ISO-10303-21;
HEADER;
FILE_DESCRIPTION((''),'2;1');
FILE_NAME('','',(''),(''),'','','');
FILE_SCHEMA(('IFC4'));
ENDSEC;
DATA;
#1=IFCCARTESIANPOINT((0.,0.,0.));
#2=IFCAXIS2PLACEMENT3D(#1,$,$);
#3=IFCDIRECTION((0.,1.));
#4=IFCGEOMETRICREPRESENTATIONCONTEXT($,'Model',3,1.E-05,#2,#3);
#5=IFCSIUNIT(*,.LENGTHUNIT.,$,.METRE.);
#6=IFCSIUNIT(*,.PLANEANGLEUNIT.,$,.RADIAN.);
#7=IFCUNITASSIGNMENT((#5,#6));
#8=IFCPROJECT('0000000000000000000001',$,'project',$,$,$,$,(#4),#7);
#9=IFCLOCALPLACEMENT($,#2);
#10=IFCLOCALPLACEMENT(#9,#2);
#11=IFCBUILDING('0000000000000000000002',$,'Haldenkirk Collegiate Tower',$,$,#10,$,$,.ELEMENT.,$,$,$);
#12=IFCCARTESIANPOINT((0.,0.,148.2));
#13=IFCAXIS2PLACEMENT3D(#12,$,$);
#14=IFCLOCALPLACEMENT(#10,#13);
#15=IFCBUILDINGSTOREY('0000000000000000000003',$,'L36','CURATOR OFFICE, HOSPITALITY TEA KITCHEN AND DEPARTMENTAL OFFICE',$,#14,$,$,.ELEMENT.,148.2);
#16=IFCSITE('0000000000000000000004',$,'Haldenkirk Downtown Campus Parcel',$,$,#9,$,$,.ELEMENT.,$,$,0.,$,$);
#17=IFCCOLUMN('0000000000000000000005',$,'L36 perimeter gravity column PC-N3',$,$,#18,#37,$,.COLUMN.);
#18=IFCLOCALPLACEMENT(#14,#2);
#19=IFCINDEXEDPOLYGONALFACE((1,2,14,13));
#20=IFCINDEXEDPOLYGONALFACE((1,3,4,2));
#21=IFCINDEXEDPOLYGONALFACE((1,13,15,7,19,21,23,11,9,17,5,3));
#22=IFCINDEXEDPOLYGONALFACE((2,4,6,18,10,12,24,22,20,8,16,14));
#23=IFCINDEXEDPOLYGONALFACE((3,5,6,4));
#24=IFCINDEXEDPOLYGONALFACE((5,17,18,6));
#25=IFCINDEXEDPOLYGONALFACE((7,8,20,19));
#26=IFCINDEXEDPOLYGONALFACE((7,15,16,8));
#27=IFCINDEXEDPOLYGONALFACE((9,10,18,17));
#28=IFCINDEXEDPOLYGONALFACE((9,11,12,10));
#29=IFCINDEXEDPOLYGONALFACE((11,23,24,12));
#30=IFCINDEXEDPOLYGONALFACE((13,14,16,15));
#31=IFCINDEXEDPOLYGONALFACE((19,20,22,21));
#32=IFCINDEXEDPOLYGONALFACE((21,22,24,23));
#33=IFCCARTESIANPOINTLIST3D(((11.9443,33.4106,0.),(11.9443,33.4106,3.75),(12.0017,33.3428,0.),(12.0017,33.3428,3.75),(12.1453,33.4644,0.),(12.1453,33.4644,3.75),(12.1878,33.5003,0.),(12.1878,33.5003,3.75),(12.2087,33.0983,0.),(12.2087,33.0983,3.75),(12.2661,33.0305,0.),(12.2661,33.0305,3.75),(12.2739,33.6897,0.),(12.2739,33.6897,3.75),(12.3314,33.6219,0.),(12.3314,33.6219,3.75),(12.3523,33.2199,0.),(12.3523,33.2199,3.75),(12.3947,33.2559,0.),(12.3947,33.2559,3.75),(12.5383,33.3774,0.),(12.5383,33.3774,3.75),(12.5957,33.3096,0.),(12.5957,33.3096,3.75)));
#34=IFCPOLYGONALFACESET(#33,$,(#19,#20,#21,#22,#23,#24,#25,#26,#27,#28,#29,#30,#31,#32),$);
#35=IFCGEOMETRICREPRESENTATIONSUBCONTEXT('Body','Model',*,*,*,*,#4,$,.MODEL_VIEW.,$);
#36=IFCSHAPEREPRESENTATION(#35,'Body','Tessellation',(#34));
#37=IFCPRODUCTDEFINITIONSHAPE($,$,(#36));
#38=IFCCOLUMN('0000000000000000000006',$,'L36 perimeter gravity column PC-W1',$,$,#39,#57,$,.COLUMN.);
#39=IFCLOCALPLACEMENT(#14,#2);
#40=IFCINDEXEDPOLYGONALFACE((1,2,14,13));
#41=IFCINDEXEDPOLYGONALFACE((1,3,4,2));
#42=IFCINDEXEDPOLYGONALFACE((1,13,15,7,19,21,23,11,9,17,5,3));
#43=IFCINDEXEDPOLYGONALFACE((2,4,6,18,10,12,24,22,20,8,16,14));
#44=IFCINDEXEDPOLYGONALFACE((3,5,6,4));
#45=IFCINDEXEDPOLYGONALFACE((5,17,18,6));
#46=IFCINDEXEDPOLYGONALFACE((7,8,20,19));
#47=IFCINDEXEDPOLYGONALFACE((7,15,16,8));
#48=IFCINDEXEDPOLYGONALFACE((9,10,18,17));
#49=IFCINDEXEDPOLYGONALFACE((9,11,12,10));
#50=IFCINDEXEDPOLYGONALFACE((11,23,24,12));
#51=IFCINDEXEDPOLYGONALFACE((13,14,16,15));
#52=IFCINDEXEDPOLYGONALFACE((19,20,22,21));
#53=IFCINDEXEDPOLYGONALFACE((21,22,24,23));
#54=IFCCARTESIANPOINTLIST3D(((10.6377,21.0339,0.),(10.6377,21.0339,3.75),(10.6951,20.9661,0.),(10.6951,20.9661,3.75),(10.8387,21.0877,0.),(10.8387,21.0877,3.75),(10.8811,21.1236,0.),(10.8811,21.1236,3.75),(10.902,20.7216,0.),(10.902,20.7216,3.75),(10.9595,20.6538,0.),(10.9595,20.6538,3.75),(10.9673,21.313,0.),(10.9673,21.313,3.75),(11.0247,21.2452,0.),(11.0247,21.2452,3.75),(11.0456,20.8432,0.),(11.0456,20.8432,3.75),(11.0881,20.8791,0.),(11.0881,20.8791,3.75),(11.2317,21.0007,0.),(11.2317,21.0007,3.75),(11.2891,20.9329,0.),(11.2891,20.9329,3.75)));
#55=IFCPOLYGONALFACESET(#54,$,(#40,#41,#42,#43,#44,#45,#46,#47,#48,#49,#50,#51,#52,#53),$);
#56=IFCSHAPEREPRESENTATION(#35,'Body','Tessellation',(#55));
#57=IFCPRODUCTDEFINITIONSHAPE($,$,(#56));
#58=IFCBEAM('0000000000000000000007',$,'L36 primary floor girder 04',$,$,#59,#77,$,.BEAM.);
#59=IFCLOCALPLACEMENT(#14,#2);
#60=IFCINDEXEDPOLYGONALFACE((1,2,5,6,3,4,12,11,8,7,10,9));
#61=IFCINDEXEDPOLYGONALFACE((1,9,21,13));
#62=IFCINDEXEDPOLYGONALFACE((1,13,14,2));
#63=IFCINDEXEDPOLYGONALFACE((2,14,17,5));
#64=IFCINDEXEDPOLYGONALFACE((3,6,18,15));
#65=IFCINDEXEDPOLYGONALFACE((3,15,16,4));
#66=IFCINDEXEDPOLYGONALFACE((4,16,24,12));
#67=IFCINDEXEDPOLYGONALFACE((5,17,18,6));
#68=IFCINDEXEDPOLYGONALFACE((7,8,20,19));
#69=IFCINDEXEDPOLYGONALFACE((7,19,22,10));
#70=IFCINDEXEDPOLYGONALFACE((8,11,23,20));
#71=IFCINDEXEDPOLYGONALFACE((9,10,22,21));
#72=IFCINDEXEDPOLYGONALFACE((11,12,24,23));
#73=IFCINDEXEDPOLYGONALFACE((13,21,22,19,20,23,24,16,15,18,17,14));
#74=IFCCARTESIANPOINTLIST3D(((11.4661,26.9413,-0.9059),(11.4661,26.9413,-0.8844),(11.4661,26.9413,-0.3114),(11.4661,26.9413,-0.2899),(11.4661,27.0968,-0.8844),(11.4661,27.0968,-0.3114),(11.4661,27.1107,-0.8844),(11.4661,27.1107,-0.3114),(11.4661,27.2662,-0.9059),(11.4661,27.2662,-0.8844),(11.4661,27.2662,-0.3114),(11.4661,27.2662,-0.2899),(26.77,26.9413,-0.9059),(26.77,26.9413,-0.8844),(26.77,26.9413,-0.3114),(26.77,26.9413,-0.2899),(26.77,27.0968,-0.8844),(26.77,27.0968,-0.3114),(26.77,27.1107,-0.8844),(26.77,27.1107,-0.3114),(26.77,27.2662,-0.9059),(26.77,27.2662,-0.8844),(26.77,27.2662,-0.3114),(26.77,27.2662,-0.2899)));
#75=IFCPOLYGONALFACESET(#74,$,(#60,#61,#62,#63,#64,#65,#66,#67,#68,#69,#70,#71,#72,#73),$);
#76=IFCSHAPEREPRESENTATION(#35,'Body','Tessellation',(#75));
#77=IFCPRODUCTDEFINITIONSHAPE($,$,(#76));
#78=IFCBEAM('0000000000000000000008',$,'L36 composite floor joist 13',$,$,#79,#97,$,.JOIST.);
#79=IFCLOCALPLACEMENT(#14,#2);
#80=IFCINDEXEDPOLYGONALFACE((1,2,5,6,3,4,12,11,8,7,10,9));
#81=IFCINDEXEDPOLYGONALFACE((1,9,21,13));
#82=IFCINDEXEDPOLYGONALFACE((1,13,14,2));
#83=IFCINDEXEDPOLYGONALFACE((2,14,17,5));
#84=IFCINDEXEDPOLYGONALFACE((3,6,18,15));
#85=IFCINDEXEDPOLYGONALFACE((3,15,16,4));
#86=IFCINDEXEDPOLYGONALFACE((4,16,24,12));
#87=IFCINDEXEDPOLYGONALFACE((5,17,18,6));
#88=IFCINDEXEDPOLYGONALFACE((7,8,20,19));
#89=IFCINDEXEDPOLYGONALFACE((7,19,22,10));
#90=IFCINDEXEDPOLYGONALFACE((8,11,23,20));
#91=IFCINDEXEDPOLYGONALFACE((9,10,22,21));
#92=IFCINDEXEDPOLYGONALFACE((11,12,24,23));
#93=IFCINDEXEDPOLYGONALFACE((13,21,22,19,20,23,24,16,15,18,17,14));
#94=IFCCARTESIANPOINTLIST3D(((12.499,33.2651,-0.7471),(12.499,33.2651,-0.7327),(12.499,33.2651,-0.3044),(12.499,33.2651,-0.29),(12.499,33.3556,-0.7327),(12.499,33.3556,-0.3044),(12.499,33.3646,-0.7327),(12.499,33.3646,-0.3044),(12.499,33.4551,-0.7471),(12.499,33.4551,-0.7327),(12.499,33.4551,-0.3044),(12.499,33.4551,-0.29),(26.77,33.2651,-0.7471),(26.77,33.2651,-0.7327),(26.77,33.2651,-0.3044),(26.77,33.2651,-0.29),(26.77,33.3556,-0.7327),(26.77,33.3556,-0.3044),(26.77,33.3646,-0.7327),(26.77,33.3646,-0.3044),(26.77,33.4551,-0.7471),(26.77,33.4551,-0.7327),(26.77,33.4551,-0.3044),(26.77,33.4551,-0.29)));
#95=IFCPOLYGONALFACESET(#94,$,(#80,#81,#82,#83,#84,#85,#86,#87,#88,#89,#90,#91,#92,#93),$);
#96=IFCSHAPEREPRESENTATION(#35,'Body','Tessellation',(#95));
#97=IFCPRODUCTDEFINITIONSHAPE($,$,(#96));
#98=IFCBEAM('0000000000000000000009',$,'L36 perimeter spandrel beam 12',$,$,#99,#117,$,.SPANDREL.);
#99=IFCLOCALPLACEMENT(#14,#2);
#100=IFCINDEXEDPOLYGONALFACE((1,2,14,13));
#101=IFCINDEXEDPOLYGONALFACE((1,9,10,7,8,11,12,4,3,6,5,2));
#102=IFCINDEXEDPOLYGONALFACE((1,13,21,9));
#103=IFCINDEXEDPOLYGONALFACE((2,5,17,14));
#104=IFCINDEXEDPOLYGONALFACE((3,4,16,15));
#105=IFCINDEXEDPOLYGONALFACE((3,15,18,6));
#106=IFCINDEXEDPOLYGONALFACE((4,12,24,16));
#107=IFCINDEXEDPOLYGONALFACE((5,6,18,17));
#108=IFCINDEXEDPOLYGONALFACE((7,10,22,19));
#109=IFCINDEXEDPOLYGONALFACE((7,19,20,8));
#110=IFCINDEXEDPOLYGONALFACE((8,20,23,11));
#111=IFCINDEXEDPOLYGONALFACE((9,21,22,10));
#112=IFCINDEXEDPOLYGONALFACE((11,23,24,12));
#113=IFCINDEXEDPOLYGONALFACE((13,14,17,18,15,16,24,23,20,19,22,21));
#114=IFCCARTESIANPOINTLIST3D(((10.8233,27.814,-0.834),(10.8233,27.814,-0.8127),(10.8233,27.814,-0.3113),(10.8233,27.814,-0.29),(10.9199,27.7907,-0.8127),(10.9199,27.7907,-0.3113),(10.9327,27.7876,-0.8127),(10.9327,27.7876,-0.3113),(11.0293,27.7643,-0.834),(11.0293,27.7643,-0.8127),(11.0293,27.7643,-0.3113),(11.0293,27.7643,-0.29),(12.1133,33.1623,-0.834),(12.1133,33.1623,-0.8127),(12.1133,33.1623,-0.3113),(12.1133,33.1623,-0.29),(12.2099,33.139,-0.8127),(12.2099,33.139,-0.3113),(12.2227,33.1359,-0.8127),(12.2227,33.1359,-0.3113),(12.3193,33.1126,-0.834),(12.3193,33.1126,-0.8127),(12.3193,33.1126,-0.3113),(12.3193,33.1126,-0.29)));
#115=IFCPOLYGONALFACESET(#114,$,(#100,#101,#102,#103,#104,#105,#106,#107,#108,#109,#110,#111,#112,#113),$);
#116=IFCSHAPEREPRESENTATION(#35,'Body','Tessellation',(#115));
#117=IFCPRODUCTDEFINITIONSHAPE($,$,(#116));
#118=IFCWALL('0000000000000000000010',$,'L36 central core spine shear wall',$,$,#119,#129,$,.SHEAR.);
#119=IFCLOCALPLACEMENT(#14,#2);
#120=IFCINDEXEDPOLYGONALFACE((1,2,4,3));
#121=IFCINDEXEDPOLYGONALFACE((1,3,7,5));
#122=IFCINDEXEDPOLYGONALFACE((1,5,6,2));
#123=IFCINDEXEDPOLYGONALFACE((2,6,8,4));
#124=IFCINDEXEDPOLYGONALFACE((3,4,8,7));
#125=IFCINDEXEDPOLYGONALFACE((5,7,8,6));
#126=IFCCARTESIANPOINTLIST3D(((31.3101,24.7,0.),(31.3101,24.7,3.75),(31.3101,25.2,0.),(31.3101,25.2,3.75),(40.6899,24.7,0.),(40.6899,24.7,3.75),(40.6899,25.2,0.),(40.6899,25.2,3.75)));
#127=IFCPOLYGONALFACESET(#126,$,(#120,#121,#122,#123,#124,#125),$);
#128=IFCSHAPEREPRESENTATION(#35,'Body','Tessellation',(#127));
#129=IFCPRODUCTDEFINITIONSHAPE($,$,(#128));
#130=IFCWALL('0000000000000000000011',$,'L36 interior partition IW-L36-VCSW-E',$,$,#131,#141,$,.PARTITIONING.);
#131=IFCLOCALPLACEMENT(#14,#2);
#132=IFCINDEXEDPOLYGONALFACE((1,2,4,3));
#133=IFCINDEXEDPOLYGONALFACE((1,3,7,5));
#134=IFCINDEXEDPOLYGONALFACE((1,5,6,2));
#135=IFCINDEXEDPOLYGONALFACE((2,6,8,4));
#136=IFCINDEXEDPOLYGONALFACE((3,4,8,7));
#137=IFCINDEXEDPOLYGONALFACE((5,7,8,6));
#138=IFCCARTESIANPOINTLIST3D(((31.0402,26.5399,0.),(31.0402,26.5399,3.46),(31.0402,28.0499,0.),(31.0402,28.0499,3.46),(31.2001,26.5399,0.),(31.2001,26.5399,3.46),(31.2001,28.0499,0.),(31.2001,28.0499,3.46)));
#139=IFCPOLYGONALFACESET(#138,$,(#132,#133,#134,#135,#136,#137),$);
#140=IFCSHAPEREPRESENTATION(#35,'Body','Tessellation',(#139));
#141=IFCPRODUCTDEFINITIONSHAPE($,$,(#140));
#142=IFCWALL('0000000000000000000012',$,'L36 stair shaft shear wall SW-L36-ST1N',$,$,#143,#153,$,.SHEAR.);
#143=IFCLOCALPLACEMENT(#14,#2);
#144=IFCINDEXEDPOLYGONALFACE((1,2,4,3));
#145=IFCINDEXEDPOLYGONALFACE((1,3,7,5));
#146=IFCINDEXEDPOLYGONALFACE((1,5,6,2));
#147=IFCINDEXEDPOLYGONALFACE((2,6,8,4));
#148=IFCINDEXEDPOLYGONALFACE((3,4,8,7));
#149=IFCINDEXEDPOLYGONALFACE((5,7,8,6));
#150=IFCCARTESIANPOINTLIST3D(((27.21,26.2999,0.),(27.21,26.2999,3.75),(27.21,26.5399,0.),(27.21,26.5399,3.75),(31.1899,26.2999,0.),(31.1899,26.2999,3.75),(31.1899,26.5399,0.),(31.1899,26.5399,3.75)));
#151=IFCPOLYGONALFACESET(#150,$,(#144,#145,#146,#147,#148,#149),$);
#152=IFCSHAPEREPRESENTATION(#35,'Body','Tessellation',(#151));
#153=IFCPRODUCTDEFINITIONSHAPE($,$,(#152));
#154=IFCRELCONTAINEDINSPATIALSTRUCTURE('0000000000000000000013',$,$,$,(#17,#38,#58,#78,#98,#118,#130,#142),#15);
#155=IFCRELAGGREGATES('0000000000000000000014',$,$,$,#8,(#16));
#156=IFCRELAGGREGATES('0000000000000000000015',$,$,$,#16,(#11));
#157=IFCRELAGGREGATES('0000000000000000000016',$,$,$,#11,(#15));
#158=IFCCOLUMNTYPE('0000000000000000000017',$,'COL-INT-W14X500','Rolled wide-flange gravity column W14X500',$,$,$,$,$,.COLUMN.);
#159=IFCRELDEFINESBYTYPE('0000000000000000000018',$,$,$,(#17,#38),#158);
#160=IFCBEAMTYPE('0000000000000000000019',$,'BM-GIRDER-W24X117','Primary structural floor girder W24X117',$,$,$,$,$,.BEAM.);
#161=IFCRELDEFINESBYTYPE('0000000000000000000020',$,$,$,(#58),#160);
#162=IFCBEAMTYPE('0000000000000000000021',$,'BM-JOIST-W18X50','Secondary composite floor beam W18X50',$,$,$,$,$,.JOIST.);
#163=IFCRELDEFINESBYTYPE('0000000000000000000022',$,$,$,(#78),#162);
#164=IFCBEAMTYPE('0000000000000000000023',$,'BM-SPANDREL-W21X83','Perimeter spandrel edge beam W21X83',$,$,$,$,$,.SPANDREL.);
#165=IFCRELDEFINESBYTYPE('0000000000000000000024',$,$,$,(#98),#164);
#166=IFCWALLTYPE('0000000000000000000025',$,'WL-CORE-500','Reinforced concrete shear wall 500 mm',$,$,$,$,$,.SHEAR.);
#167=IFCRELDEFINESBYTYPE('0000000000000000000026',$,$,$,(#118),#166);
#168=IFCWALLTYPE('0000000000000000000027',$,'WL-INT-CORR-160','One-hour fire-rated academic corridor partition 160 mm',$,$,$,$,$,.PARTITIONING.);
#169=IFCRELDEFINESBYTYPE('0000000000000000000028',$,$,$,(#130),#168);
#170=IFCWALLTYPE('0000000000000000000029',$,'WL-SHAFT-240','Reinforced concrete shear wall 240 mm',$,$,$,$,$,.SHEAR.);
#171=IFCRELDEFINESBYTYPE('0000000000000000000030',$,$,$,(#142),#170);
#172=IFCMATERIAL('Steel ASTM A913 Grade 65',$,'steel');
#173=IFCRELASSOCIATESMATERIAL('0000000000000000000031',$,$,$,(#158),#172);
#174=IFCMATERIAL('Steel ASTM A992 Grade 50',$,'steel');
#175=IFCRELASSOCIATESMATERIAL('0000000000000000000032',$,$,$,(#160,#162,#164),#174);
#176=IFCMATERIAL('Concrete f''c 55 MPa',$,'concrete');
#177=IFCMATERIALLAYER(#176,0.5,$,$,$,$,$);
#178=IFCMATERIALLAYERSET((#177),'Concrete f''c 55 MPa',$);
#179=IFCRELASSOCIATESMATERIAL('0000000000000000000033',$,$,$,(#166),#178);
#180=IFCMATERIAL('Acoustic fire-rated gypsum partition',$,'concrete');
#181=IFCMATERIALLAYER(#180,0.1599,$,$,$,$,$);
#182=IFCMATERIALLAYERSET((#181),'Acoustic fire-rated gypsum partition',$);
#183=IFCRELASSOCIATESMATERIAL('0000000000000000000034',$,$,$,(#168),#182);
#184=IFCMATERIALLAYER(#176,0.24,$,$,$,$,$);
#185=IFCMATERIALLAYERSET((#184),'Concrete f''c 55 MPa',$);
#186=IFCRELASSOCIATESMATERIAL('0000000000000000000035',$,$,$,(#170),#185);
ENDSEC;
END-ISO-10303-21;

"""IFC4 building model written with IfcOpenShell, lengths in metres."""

from ifc_helpers import new_model, si_unit, direction, frame, frame_2d, origin, origin_2d, place, context, subcontext, project, spatial, rectangle, i_section, extrude, material, layer, layer_set, material_profile, profile_set, type_object, element, save


model = new_model("IFC4")

# Units and contexts
model_context = context("Model", 3, precision=1e-05, world=origin(), true_north=direction((0.0, 1.0)))
body_context = subcontext(model_context, "Body", "Model", "MODEL_VIEW")
ifc_project = project(units=[si_unit("LENGTHUNIT", "METRE"), si_unit("PLANEANGLEUNIT", "RADIAN")], contexts=[model_context])

# Site, building, storey
site_placement = place(None, origin())
site = spatial("IfcSite", under=ifc_project, at=site_placement, Name="Haldenkirk Downtown Campus Parcel", CompositionType="ELEMENT", RefElevation=0.0)
building_placement = place(site_placement, origin())
building = spatial("IfcBuilding", under=site, at=building_placement, Name="Haldenkirk Collegiate Tower", CompositionType="ELEMENT")
storey_placement = place(building_placement, frame((0.0, 0.0, 148.2)))
storey = spatial("IfcBuildingStorey", under=building, at=storey_placement, Name="L36", Description="CURATOR OFFICE, HOSPITALITY TEA KITCHEN AND DEPARTMENTAL OFFICE", CompositionType="ELEMENT", Elevation=148.2)

# Columns
ifc_material_1 = material(Name="Steel ASTM A913 Grade 65", Category="steel")
ifc_material_profile_1 = material_profile(ifc_material_1, i_section(OverallWidth=0.4319, OverallDepth=0.498, WebThickness=0.0557, FlangeThickness=0.0889, at=origin_2d()), Name="W14X500")
ifc_profile_set_1 = profile_set([ifc_material_profile_1], Name="Steel ASTM A913 Grade 65")
column_type = type_object("IfcColumnType", Name="COL-INT-W14X500", Description="Rolled wide-flange gravity column W14X500", PredefinedType="COLUMN", material=ifc_profile_set_1)
for number, where, z_axis, x_axis, name in (
    (1, (12.27, 33.3601, 0.0), (0.0, 0.0, 1.0), (0.763232, 0.646124, 0.0), "L36 perimeter gravity column PC-N3"),
    (2, (10.9634, 20.9834, 0.0), (0.0, 0.0, 1.0), (0.763232, 0.646124, 0.0), "L36 perimeter gravity column PC-W1"),
):
    element("IfcColumn", number, at=place(storey_placement, frame(where, z_axis=z_axis, x_axis=x_axis)), inside=storey, type_object=column_type, Name=name, PredefinedType="COLUMN", context=body_context, shape_type="SweptSolid", body=[
        extrude(i_section(OverallWidth=0.4319, OverallDepth=0.498, WebThickness=0.0557, FlangeThickness=0.0889, at=origin_2d()), origin(), (0.0, 0.0, 1.0), 3.75),
    ])

# Beams
ifc_material_2 = material(Name="Steel ASTM A992 Grade 50", Category="steel")
ifc_material_profile_2 = material_profile(ifc_material_2, i_section(OverallWidth=0.325, OverallDepth=0.616, WebThickness=0.0139, FlangeThickness=0.0215, at=origin_2d()), Name="W24X117")
ifc_profile_set_2 = profile_set([ifc_material_profile_2], Name="Steel ASTM A992 Grade 50")
beam_type_1 = type_object("IfcBeamType", Name="BM-GIRDER-W24X117", Description="Primary structural floor girder W24X117", PredefinedType="BEAM", material=ifc_profile_set_2)
beam_1_placement = place(storey_placement, frame((11.4661, 27.1038, -0.5979), z_axis=(1.0, 0.0, 0.0), x_axis=(0.0, 1.0, 0.0)))
element("IfcBeam", 3, at=beam_1_placement, inside=storey, type_object=beam_type_1, Name="L36 primary floor girder 04", PredefinedType="BEAM", context=body_context, shape_type="SweptSolid", body=[
    extrude(i_section(OverallWidth=0.325, OverallDepth=0.616, WebThickness=0.0139, FlangeThickness=0.0215, at=origin_2d()), origin(), (0.0, 0.0, 1.0), 15.304),
])
ifc_material_profile_3 = material_profile(ifc_material_2, i_section(OverallWidth=0.1899, OverallDepth=0.457, WebThickness=0.009, FlangeThickness=0.0144, at=origin_2d()), Name="W18X50")
ifc_profile_set_3 = profile_set([ifc_material_profile_3], Name="Steel ASTM A992 Grade 50")
beam_type_2 = type_object("IfcBeamType", Name="BM-JOIST-W18X50", Description="Secondary composite floor beam W18X50", PredefinedType="JOIST", material=ifc_profile_set_3)
beam_2_placement = place(storey_placement, frame((12.499, 33.3601, -0.5186), z_axis=(1.0, 0.0, 0.0), x_axis=(0.0, 1.0, 0.0)))
element("IfcBeam", 4, at=beam_2_placement, inside=storey, type_object=beam_type_2, Name="L36 composite floor joist 13", PredefinedType="JOIST", context=body_context, shape_type="SweptSolid", body=[
    extrude(i_section(OverallWidth=0.1899, OverallDepth=0.457, WebThickness=0.009, FlangeThickness=0.0144, at=origin_2d()), origin(), (0.0, 0.0, 1.0), 14.271),
])
ifc_material_profile_4 = material_profile(ifc_material_2, i_section(OverallWidth=0.2119, OverallDepth=0.5439, WebThickness=0.0132, FlangeThickness=0.0212, at=origin_2d()), Name="W21X83")
ifc_profile_set_4 = profile_set([ifc_material_profile_4], Name="Steel ASTM A992 Grade 50")
beam_type_3 = type_object("IfcBeamType", Name="BM-SPANDREL-W21X83", Description="Perimeter spandrel edge beam W21X83", PredefinedType="SPANDREL", material=ifc_profile_set_4)
beam_3_placement = place(storey_placement, frame((12.2163, 33.1375, -0.562), z_axis=(-0.234477, -0.972122, 0.0), x_axis=(0.972122, -0.234477, 0.0)))
element("IfcBeam", 5, at=beam_3_placement, inside=storey, type_object=beam_type_3, Name="L36 perimeter spandrel beam 12", PredefinedType="SPANDREL", context=body_context, shape_type="SweptSolid", body=[
    extrude(i_section(OverallWidth=0.2119, OverallDepth=0.5439, WebThickness=0.0132, FlangeThickness=0.0212, at=origin_2d()), origin(), (0.0, 0.0, 1.0), 5.5017),
])

# Wall
ifc_material_3 = material(Name="Concrete f'c 55 MPa", Category="concrete")
ifc_layer_1 = layer(ifc_material_3, 0.5)
ifc_layer_set_1 = layer_set([ifc_layer_1], Name="Concrete f'c 55 MPa")
wall_type_1 = type_object("IfcWallType", Name="WL-CORE-500", Description="Reinforced concrete shear wall 500 mm", PredefinedType="SHEAR", material=ifc_layer_set_1)
wall_1_placement = place(storey_placement, frame((31.3101, 24.95, 0.0), z_axis=(0.0, 0.0, 1.0), x_axis=(1.0, 0.0, 0.0)))
element("IfcWall", 6, at=wall_1_placement, inside=storey, type_object=wall_type_1, Name="L36 central core spine shear wall", PredefinedType="SHEAR", context=body_context, shape_type="SweptSolid", body=[
    extrude(rectangle(XDim=9.3799, YDim=0.5, at=frame_2d((4.6899, 0.0))), origin(), (0.0, 0.0, 1.0), 3.75),
])

# Shared definitions
ifc_material_4 = material(Name="Acoustic fire-rated gypsum partition", Category="concrete")
ifc_layer_2 = layer(ifc_material_4, 0.1599)
ifc_layer_set_2 = layer_set([ifc_layer_2], Name="Acoustic fire-rated gypsum partition")
wall_type_2 = type_object("IfcWallType", Name="WL-INT-CORR-160", Description="One-hour fire-rated academic corridor partition 160 mm", PredefinedType="PARTITIONING", material=ifc_layer_set_2)

# Wall
wall_2_placement = place(storey_placement, frame((31.1201, 26.54, 0.0), z_axis=(0.0, 0.0, 1.0), x_axis=(0.0, 1.0, 0.0)))
element("IfcWall", 7, at=wall_2_placement, inside=storey, type_object=wall_type_2, Name="L36 interior partition IW-L36-VCSW-E", PredefinedType="PARTITIONING", context=body_context, shape_type="SweptSolid", body=[
    extrude(rectangle(XDim=1.51, YDim=0.1599, at=frame_2d((0.7549, 0.0))), origin(), (0.0, 0.0, 1.0), 3.46),
])

# Wall
ifc_layer_3 = layer(ifc_material_3, 0.24)
ifc_layer_set_3 = layer_set([ifc_layer_3], Name="Concrete f'c 55 MPa")
wall_type_3 = type_object("IfcWallType", Name="WL-SHAFT-240", Description="Reinforced concrete shear wall 240 mm", PredefinedType="SHEAR", material=ifc_layer_set_3)
wall_3_placement = place(storey_placement, frame((27.21, 26.4199, 0.0), z_axis=(0.0, 0.0, 1.0), x_axis=(1.0, 0.0, 0.0)))
element("IfcWall", 8, at=wall_3_placement, inside=storey, type_object=wall_type_3, Name="L36 stair shaft shear wall SW-L36-ST1N", PredefinedType="SHEAR", context=body_context, shape_type="SweptSolid", body=[
    extrude(rectangle(XDim=3.98, YDim=0.24, at=frame_2d((1.99, 0.0))), origin(), (0.0, 0.0, 1.0), 3.75),
])

save(model, "model.ifc")
